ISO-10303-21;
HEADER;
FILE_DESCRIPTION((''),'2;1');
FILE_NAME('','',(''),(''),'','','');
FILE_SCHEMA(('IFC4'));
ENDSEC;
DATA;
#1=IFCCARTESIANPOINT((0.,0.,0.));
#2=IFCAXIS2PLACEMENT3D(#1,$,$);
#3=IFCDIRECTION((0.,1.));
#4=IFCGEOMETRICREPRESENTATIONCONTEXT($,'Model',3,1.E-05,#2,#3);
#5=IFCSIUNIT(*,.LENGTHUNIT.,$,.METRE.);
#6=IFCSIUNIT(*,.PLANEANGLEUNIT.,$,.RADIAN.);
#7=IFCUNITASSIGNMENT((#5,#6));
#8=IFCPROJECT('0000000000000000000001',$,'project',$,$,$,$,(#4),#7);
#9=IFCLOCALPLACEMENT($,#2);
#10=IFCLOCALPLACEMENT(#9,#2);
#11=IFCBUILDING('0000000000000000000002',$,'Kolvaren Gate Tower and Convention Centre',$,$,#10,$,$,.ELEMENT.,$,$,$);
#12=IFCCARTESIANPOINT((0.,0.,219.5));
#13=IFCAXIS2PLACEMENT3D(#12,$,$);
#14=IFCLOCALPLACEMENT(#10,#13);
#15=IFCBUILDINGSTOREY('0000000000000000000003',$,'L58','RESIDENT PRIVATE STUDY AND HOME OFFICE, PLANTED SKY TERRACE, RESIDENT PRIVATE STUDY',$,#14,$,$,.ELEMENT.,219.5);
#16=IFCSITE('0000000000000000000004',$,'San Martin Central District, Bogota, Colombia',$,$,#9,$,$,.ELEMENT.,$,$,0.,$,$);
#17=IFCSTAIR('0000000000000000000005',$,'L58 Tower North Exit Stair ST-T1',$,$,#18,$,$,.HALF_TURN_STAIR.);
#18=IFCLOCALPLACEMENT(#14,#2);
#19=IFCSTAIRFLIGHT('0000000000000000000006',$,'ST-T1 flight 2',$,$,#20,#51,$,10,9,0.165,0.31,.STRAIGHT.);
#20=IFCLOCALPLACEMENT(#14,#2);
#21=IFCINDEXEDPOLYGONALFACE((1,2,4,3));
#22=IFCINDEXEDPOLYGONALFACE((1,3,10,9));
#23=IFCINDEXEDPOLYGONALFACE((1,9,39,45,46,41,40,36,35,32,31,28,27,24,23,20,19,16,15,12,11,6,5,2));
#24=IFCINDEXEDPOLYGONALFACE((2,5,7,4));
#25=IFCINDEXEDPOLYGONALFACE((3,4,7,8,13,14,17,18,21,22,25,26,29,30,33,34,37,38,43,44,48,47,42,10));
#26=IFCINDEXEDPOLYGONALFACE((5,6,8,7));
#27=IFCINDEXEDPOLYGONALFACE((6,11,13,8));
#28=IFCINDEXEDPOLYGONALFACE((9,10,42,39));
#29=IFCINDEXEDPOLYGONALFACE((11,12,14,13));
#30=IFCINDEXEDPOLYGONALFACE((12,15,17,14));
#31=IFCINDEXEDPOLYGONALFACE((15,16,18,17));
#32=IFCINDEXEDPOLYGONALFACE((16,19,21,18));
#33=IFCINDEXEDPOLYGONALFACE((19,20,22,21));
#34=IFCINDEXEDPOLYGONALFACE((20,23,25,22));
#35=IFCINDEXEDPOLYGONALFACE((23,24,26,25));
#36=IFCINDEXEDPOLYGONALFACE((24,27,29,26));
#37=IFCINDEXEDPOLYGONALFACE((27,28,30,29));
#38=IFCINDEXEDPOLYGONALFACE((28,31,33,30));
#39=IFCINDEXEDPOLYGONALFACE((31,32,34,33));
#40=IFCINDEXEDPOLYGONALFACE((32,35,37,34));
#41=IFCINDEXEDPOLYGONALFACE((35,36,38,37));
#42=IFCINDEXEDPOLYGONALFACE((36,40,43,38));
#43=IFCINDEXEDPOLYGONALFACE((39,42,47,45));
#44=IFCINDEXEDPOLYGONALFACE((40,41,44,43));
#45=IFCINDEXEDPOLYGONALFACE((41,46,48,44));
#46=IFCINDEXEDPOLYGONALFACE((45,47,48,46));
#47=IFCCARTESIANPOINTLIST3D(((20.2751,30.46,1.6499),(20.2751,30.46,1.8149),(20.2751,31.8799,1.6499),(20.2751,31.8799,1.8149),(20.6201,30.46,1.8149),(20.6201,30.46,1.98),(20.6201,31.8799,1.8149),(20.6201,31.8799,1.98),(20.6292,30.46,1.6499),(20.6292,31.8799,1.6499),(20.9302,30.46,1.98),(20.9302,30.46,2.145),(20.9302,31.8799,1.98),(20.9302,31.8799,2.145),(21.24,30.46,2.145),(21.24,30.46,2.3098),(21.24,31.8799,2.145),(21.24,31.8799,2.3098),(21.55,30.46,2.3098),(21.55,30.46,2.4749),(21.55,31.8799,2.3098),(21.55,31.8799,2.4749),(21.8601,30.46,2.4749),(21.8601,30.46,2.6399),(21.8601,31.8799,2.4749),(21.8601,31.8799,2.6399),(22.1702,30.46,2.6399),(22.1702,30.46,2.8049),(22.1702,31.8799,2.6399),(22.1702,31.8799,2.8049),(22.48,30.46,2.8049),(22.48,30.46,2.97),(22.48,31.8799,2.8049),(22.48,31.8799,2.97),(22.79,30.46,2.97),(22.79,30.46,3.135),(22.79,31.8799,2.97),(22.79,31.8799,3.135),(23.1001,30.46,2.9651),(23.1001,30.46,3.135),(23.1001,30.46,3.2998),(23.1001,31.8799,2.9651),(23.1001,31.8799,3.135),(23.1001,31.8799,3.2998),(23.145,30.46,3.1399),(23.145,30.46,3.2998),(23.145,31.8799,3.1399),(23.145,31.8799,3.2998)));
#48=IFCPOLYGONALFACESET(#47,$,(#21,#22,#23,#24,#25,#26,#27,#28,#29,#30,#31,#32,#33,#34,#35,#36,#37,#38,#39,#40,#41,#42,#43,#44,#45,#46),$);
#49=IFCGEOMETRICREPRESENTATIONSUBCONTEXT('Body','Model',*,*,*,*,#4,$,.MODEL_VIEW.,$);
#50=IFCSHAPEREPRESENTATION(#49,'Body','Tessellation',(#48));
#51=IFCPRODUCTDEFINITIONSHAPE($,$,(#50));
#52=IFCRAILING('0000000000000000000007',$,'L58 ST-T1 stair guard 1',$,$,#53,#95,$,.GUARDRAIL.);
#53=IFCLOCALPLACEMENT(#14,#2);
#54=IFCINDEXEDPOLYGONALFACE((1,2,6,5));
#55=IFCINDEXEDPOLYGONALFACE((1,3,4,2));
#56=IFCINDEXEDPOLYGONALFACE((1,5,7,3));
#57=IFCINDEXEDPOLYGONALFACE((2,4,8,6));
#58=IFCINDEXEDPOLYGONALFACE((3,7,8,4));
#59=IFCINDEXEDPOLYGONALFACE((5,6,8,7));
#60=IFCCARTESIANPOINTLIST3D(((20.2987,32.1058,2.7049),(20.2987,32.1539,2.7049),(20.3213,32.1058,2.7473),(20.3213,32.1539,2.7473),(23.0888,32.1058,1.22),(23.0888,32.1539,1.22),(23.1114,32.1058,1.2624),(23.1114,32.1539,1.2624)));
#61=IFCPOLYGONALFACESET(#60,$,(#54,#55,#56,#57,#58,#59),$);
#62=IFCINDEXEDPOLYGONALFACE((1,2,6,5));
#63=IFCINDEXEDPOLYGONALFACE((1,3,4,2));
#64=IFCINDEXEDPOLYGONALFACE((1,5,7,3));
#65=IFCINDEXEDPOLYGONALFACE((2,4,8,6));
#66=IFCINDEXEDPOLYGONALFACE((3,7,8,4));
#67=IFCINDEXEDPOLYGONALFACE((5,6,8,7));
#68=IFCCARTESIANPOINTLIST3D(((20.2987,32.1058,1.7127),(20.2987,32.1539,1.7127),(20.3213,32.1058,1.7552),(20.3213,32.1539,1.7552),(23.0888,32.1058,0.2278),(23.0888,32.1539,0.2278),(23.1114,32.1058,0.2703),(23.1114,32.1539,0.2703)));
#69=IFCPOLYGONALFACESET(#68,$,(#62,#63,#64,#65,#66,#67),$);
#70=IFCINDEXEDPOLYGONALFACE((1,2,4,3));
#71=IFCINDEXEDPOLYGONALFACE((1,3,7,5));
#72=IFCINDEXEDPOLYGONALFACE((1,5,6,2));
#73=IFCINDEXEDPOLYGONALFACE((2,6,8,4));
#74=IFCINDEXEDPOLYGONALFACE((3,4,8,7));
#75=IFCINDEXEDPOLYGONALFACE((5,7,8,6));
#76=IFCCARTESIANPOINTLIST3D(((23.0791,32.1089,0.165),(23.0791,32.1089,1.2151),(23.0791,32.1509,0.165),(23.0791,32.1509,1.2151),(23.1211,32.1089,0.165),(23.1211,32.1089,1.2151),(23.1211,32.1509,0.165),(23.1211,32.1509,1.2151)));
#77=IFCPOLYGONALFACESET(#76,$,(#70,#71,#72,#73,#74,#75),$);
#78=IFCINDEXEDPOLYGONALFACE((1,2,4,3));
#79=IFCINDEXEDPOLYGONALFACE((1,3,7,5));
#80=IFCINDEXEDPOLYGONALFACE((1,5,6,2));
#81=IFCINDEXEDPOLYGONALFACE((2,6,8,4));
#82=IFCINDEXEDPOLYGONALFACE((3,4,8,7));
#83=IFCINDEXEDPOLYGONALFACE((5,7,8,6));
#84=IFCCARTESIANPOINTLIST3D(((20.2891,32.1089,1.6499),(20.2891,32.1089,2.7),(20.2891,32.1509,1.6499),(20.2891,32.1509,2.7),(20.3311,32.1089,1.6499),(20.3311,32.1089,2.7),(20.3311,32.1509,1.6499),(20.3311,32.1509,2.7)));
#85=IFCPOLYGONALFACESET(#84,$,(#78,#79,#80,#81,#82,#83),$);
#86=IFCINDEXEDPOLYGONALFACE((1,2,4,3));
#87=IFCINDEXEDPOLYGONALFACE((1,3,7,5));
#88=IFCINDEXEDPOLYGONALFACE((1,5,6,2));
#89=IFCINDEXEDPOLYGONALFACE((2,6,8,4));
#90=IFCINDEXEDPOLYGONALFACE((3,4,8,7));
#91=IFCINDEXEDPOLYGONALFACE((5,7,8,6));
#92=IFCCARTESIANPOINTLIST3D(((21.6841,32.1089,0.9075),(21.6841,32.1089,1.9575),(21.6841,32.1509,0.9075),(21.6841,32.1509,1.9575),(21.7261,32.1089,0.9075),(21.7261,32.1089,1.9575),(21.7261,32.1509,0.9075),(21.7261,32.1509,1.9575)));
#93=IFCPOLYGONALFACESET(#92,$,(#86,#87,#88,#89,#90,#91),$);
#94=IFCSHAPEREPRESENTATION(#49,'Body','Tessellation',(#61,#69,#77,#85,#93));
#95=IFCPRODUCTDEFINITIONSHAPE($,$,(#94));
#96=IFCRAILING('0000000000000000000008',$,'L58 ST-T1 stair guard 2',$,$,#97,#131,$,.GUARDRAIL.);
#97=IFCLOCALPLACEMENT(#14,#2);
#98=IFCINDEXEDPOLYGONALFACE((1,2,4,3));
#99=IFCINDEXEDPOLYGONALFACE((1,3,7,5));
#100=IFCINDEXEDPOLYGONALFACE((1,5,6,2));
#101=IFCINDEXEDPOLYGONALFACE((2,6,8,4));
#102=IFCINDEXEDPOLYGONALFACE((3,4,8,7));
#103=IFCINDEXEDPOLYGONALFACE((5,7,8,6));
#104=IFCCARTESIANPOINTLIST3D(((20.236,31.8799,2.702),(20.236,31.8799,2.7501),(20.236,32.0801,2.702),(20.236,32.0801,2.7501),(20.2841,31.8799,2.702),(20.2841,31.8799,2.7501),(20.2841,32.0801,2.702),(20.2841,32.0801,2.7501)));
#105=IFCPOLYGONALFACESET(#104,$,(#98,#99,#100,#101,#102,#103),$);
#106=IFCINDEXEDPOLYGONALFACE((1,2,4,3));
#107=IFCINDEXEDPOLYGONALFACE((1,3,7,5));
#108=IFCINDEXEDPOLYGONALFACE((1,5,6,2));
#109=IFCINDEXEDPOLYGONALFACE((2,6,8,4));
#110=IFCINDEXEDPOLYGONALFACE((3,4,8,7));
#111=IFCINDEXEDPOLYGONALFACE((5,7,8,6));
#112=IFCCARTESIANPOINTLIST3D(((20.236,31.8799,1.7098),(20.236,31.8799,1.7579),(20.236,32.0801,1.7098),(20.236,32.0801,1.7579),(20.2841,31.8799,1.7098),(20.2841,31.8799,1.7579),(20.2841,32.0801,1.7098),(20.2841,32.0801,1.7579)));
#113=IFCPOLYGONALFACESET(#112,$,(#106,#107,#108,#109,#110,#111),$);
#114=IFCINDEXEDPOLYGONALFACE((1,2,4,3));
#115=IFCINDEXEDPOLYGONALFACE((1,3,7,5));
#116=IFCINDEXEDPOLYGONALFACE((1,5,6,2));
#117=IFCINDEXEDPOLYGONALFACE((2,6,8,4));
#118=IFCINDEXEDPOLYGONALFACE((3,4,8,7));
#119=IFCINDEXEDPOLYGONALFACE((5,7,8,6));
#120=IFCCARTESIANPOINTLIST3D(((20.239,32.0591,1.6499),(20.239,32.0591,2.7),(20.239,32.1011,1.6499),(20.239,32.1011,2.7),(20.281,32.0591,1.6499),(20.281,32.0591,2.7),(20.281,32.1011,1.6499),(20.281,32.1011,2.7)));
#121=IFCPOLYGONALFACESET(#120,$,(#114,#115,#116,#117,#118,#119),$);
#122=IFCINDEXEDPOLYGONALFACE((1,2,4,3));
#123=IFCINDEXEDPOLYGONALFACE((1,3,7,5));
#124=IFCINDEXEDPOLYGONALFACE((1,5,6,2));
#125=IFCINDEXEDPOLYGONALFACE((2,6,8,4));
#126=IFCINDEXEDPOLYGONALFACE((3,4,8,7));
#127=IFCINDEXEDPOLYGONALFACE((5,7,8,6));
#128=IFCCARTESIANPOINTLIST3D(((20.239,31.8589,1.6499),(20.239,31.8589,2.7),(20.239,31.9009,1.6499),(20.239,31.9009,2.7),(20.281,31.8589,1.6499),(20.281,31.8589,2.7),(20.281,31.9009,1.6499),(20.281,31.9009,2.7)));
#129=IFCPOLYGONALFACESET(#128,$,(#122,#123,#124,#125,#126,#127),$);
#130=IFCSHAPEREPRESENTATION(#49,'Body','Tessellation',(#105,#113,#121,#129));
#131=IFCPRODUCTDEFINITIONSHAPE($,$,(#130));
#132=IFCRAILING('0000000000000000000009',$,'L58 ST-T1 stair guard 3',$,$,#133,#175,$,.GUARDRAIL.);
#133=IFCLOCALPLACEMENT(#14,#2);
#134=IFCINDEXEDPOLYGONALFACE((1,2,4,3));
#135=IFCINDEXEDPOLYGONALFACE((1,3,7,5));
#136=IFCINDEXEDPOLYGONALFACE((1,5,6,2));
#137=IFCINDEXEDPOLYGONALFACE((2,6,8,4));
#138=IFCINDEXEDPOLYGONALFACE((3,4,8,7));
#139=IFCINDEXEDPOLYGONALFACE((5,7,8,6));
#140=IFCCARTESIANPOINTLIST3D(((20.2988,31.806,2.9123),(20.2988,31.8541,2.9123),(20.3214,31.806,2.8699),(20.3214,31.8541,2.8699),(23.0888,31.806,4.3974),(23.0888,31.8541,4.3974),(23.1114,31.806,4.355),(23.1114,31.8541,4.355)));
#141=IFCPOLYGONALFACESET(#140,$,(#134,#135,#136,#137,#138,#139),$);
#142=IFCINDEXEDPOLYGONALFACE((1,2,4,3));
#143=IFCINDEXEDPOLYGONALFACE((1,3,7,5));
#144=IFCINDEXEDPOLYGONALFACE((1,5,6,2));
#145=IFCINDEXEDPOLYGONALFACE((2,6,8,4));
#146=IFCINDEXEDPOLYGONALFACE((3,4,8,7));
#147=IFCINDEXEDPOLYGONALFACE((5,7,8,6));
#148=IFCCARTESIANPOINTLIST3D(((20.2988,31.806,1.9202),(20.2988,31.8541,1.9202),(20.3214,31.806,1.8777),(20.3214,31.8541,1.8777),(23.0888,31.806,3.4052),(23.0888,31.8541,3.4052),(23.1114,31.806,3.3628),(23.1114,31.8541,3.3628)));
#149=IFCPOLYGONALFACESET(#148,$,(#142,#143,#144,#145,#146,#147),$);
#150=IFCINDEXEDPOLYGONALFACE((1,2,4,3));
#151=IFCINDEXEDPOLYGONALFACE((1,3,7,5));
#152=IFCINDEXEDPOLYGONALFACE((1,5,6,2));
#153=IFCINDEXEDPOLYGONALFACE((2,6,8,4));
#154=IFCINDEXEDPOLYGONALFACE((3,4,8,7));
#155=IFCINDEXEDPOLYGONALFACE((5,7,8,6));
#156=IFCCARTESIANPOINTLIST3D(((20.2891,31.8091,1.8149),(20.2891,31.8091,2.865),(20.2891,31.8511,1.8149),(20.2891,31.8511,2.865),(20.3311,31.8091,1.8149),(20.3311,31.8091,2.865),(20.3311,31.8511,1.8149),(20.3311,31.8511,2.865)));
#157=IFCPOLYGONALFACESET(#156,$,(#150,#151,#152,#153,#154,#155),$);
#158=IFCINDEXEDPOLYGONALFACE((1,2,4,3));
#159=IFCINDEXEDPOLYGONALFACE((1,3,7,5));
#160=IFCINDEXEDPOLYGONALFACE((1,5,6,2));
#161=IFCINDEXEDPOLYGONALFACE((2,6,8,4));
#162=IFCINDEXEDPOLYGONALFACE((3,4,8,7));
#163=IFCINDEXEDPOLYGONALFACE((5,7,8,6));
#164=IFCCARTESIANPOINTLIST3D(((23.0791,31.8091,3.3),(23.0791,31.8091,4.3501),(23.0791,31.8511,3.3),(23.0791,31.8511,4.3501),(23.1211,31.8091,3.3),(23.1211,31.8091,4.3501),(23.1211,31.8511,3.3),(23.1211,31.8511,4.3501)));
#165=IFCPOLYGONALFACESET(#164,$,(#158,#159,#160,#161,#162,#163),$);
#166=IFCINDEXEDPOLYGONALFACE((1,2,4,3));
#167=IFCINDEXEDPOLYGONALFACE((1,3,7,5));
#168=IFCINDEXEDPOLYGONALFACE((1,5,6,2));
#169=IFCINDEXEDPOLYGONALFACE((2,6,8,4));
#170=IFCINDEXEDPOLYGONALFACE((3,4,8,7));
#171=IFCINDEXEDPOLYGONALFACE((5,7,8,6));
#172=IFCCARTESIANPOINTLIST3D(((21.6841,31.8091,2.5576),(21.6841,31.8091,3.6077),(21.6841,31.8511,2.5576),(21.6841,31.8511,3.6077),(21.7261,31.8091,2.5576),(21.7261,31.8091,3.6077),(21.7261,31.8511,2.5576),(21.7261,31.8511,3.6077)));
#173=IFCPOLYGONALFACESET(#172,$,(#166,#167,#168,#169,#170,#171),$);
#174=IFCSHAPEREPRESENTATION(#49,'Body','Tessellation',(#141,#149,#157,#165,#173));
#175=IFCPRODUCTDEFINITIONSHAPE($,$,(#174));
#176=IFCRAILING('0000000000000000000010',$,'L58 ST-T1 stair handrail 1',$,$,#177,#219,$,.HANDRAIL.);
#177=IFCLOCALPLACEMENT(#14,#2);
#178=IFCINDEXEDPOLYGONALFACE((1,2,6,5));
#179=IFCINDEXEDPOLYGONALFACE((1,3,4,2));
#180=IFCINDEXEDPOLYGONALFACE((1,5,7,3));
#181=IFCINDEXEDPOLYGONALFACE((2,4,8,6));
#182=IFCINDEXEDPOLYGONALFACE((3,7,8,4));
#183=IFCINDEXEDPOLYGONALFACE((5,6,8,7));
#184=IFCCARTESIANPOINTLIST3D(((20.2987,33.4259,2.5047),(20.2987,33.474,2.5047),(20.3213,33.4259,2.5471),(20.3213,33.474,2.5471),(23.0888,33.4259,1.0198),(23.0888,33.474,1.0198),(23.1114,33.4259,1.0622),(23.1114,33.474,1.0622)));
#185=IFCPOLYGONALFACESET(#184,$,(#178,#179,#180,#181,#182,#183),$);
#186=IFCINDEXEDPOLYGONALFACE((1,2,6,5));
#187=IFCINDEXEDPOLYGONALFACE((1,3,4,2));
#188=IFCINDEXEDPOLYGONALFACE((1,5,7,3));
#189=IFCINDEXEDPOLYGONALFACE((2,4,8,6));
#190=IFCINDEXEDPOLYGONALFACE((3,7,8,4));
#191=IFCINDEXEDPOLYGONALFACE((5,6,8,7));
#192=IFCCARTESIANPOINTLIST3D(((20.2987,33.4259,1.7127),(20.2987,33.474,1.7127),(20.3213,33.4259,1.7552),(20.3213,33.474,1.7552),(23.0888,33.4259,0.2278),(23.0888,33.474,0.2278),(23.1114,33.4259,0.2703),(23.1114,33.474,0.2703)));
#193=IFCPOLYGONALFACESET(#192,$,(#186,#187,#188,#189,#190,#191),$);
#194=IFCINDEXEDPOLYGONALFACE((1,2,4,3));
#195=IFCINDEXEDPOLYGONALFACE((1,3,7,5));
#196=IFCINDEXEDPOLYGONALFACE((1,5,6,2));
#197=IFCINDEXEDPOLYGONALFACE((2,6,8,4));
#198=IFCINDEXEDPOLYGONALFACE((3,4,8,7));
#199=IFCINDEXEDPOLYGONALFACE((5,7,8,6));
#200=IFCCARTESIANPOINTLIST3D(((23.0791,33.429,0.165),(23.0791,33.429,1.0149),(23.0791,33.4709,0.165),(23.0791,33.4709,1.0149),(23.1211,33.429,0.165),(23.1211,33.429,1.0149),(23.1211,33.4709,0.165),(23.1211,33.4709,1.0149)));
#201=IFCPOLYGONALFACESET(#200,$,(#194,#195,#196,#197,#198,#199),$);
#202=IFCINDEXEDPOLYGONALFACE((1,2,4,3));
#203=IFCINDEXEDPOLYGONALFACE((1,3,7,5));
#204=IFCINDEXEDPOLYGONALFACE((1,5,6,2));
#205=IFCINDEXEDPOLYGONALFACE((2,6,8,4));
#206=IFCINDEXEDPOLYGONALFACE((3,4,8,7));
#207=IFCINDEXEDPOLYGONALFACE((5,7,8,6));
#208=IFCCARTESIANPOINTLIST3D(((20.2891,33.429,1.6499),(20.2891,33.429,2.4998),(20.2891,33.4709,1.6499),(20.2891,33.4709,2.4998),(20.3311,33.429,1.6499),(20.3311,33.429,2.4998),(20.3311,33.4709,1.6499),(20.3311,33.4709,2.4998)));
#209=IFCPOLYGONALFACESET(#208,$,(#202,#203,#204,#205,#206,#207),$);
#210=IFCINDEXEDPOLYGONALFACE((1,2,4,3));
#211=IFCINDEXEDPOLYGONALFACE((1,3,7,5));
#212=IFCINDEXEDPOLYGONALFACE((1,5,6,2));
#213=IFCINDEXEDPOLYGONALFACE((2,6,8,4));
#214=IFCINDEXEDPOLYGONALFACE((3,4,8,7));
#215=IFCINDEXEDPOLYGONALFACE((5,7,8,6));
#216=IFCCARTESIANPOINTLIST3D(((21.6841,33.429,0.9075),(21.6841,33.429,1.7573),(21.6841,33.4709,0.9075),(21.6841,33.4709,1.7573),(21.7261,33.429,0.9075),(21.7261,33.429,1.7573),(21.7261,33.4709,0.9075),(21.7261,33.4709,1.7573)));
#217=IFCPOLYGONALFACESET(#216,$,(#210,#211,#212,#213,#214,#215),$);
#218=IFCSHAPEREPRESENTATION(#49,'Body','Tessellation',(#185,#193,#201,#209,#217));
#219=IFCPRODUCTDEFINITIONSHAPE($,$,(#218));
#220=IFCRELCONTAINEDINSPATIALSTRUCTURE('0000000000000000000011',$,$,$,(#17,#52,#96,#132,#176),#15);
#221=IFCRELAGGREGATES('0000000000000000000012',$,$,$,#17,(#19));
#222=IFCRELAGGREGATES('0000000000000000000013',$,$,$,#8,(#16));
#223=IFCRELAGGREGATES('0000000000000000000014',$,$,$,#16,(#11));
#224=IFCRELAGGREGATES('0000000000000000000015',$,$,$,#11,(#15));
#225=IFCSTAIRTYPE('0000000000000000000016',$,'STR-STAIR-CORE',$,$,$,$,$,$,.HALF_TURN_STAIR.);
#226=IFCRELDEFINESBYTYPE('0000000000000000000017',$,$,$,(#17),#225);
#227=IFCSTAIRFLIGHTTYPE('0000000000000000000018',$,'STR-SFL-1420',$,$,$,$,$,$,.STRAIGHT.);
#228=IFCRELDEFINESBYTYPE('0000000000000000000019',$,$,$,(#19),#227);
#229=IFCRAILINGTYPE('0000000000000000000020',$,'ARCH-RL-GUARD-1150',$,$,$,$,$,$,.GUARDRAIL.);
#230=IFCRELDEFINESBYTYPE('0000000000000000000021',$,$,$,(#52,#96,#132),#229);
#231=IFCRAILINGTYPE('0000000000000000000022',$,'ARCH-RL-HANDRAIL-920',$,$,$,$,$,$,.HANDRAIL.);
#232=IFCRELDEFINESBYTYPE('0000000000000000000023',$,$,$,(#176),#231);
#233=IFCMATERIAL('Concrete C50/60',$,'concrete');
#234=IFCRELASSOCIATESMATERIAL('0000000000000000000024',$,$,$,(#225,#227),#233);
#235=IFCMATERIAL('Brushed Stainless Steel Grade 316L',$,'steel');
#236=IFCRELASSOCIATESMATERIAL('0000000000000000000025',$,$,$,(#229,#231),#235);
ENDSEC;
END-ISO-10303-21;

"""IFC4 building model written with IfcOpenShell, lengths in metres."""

from ifc_helpers import new_model, si_unit, direction, frame, origin, origin_2d, place, context, subcontext, project, spatial, polyline, rectangle, outline, extrude, material, type_object, element, aggregate, save


model = new_model("IFC4")

# Units and contexts
model_context = context("Model", 3, precision=1e-05, world=origin(), true_north=direction((0.0, 1.0)))
body_context = subcontext(model_context, "Body", "Model", "MODEL_VIEW")
ifc_project = project(units=[si_unit("LENGTHUNIT", "METRE"), si_unit("PLANEANGLEUNIT", "RADIAN")], contexts=[model_context])

# Site, building, storey
site_placement = place(None, origin())
site = spatial("IfcSite", under=ifc_project, at=site_placement, Name="San Martin Central District, Bogota, Colombia", CompositionType="ELEMENT", RefElevation=0.0)
building_placement = place(site_placement, origin())
building = spatial("IfcBuilding", under=site, at=building_placement, Name="Kolvaren Gate Tower and Convention Centre", CompositionType="ELEMENT")
storey_placement = place(building_placement, frame((0.0, 0.0, 219.5)))
storey = spatial("IfcBuildingStorey", under=building, at=storey_placement, Name="L58", Description="RESIDENT PRIVATE STUDY AND HOME OFFICE, PLANTED SKY TERRACE, RESIDENT PRIVATE STUDY", CompositionType="ELEMENT", Elevation=219.5)

# Shared definitions
ifc_material_1 = material(Name="Concrete C50/60", Category="concrete")

# Stair, stair flight
stair_type = type_object("IfcStairType", Name="STR-STAIR-CORE", PredefinedType="HALF_TURN_STAIR", material=ifc_material_1)
stair_placement = place(storey_placement, origin())
stair = element("IfcStair", 1, at=stair_placement, inside=storey, type_object=stair_type, Name="L58 Tower North Exit Stair ST-T1", PredefinedType="HALF_TURN_STAIR")
stair_flight_type = type_object("IfcStairFlightType", Name="STR-SFL-1420", PredefinedType="STRAIGHT", material=ifc_material_1)
stair_flight_1_placement = place(storey_placement, frame((20.3101, 31.1699, 1.6499), z_axis=(0.0, 0.0, 1.0), x_axis=(1.0, 0.0, 0.0)))
stair_flight_1 = element("IfcStairFlight", 2, at=stair_flight_1_placement, type_object=stair_flight_type, Name="ST-T1 flight 2", NumberOfRisers=10, NumberOfTreads=9, PredefinedType="STRAIGHT", RiserHeight=0.165, TreadLength=0.31, context=body_context, shape_type="SweptSolid", body=[
    extrude(outline(polyline([(-0.0349, 0.0), (-0.0349, 0.165), (0.3101, 0.165), (0.3101, 0.3301), (0.6201, 0.3301), (0.6201, 0.4951), (0.9299, 0.4951), (0.9299, 0.6599), (1.24, 0.6599), (1.24, 0.825), (1.55, 0.825), (1.55, 0.99), (1.8601, 0.99), (1.8601, 1.155), (2.1699, 1.155), (2.1699, 1.3201), (2.48, 1.3201), (2.48, 1.4851), (2.79, 1.4851), (2.79, 1.6499), (2.835, 1.6499), (2.835, 1.49), (2.79, 1.3152), (0.3191, 0.0), (-0.0349, 0.0)])), frame((0.0, 0.71, 0.0), z_axis=(0.0, -1.0, 0.0), x_axis=(1.0, 0.0, 0.0)), (0.0, 0.0, 1.0), 1.4199),
])
aggregate(stair, [stair_flight_1])

# Railings
ifc_material_2 = material(Name="Brushed Stainless Steel Grade 316L", Category="steel")
railing_type_1 = type_object("IfcRailingType", Name="ARCH-RL-GUARD-1150", PredefinedType="GUARDRAIL", material=ifc_material_2)
railing_1_placement = place(storey_placement, frame((23.1001, 32.1299, 0.165)))
element("IfcRailing", 3, at=railing_1_placement, inside=storey, type_object=railing_type_1, Name="L58 ST-T1 stair guard 1", PredefinedType="GUARDRAIL", context=body_context, shape_type="SweptSolid", body=[
    extrude(rectangle(XDim=0.0481, YDim=0.0481, at=origin_2d()), frame((0.0, 0.0, 1.0762), z_axis=(-0.882767, 0.0, 0.46981), x_axis=(0.0, -1.0, 0.0)), (0.0, 0.0, 1.0), 3.1606),
    extrude(rectangle(XDim=0.0481, YDim=0.0481, at=origin_2d()), frame((0.0, 0.0, 0.084), z_axis=(-0.882767, 0.0, 0.46981), x_axis=(0.0, -1.0, 0.0)), (0.0, 0.0, 1.0), 3.1606),
    extrude(rectangle(XDim=0.042, YDim=0.042, at=origin_2d()), origin(), (0.0, 0.0, 1.0), 1.05),
    extrude(rectangle(XDim=0.042, YDim=0.042, at=origin_2d()), frame((-2.79, 0.0, 1.4849)), (0.0, 0.0, 1.0), 1.05),
    extrude(rectangle(XDim=0.042, YDim=0.042, at=origin_2d()), frame((-1.395, 0.0, 0.7424)), (0.0, 0.0, 1.0), 1.05),
])
railing_2_placement = place(storey_placement, frame((20.26, 32.0801, 1.6499)))
element("IfcRailing", 4, at=railing_2_placement, inside=storey, type_object=railing_type_1, Name="L58 ST-T1 stair guard 2", PredefinedType="GUARDRAIL", context=body_context, shape_type="SweptSolid", body=[
    extrude(rectangle(XDim=0.0481, YDim=0.0481, at=origin_2d()), frame((0.0, 0.0, 1.0762), z_axis=(0.0, -1.0, 0.0), x_axis=(1.0, 0.0, 0.0)), (0.0, 0.0, 1.0), 0.2002),
    extrude(rectangle(XDim=0.0481, YDim=0.0481, at=origin_2d()), frame((0.0, 0.0, 0.084), z_axis=(0.0, -1.0, 0.0), x_axis=(1.0, 0.0, 0.0)), (0.0, 0.0, 1.0), 0.2002),
    extrude(rectangle(XDim=0.042, YDim=0.042, at=origin_2d()), origin(), (0.0, 0.0, 1.0), 1.05),
    extrude(rectangle(XDim=0.042, YDim=0.042, at=origin_2d()), frame((0.0, -0.2002, 0.0)), (0.0, 0.0, 1.0), 1.05),
])
railing_3_placement = place(storey_placement, frame((20.3101, 31.8301, 1.8149)))
element("IfcRailing", 5, at=railing_3_placement, inside=storey, type_object=railing_type_1, Name="L58 ST-T1 stair guard 3", PredefinedType="GUARDRAIL", context=body_context, shape_type="SweptSolid", body=[
    extrude(rectangle(XDim=0.0481, YDim=0.0481, at=origin_2d()), frame((0.0, 0.0, 1.0762), z_axis=(0.882735, 0.0, 0.46987), x_axis=(0.0, 1.0, 0.0)), (0.0, 0.0, 1.0), 3.1606),
    extrude(rectangle(XDim=0.0481, YDim=0.0481, at=origin_2d()), frame((0.0, 0.0, 0.084), z_axis=(0.882735, 0.0, 0.46987), x_axis=(0.0, 1.0, 0.0)), (0.0, 0.0, 1.0), 3.1606),
    extrude(rectangle(XDim=0.042, YDim=0.042, at=origin_2d()), origin(), (0.0, 0.0, 1.0), 1.05),
    extrude(rectangle(XDim=0.042, YDim=0.042, at=origin_2d()), frame((2.79, 0.0, 1.4851)), (0.0, 0.0, 1.0), 1.05),
    extrude(rectangle(XDim=0.042, YDim=0.042, at=origin_2d()), frame((1.395, 0.0, 0.7427)), (0.0, 0.0, 1.0), 1.05),
])
railing_type_2 = type_object("IfcRailingType", Name="ARCH-RL-HANDRAIL-920", PredefinedType="HANDRAIL", material=ifc_material_2)
railing_4_placement = place(storey_placement, frame((23.1001, 33.45, 0.165)))
element("IfcRailing", 6, at=railing_4_placement, inside=storey, type_object=railing_type_2, Name="L58 ST-T1 stair handrail 1", PredefinedType="HANDRAIL", context=body_context, shape_type="SweptSolid", body=[
    extrude(rectangle(XDim=0.0481, YDim=0.0481, at=origin_2d()), frame((0.0, 0.0, 0.876), z_axis=(-0.882767, 0.0, 0.46981), x_axis=(0.0, -1.0, 0.0)), (0.0, 0.0, 1.0), 3.1606),
    extrude(rectangle(XDim=0.0481, YDim=0.0481, at=origin_2d()), frame((0.0, 0.0, 0.084), z_axis=(-0.882767, 0.0, 0.46981), x_axis=(0.0, -1.0, 0.0)), (0.0, 0.0, 1.0), 3.1606),
    extrude(rectangle(XDim=0.042, YDim=0.042, at=origin_2d()), origin(), (0.0, 0.0, 1.0), 0.8499),
    extrude(rectangle(XDim=0.042, YDim=0.042, at=origin_2d()), frame((-2.79, 0.0, 1.4849)), (0.0, 0.0, 1.0), 0.8499),
    extrude(rectangle(XDim=0.042, YDim=0.042, at=origin_2d()), frame((-1.395, 0.0, 0.7424)), (0.0, 0.0, 1.0), 0.8499),
])

save(model, "model.ifc")
